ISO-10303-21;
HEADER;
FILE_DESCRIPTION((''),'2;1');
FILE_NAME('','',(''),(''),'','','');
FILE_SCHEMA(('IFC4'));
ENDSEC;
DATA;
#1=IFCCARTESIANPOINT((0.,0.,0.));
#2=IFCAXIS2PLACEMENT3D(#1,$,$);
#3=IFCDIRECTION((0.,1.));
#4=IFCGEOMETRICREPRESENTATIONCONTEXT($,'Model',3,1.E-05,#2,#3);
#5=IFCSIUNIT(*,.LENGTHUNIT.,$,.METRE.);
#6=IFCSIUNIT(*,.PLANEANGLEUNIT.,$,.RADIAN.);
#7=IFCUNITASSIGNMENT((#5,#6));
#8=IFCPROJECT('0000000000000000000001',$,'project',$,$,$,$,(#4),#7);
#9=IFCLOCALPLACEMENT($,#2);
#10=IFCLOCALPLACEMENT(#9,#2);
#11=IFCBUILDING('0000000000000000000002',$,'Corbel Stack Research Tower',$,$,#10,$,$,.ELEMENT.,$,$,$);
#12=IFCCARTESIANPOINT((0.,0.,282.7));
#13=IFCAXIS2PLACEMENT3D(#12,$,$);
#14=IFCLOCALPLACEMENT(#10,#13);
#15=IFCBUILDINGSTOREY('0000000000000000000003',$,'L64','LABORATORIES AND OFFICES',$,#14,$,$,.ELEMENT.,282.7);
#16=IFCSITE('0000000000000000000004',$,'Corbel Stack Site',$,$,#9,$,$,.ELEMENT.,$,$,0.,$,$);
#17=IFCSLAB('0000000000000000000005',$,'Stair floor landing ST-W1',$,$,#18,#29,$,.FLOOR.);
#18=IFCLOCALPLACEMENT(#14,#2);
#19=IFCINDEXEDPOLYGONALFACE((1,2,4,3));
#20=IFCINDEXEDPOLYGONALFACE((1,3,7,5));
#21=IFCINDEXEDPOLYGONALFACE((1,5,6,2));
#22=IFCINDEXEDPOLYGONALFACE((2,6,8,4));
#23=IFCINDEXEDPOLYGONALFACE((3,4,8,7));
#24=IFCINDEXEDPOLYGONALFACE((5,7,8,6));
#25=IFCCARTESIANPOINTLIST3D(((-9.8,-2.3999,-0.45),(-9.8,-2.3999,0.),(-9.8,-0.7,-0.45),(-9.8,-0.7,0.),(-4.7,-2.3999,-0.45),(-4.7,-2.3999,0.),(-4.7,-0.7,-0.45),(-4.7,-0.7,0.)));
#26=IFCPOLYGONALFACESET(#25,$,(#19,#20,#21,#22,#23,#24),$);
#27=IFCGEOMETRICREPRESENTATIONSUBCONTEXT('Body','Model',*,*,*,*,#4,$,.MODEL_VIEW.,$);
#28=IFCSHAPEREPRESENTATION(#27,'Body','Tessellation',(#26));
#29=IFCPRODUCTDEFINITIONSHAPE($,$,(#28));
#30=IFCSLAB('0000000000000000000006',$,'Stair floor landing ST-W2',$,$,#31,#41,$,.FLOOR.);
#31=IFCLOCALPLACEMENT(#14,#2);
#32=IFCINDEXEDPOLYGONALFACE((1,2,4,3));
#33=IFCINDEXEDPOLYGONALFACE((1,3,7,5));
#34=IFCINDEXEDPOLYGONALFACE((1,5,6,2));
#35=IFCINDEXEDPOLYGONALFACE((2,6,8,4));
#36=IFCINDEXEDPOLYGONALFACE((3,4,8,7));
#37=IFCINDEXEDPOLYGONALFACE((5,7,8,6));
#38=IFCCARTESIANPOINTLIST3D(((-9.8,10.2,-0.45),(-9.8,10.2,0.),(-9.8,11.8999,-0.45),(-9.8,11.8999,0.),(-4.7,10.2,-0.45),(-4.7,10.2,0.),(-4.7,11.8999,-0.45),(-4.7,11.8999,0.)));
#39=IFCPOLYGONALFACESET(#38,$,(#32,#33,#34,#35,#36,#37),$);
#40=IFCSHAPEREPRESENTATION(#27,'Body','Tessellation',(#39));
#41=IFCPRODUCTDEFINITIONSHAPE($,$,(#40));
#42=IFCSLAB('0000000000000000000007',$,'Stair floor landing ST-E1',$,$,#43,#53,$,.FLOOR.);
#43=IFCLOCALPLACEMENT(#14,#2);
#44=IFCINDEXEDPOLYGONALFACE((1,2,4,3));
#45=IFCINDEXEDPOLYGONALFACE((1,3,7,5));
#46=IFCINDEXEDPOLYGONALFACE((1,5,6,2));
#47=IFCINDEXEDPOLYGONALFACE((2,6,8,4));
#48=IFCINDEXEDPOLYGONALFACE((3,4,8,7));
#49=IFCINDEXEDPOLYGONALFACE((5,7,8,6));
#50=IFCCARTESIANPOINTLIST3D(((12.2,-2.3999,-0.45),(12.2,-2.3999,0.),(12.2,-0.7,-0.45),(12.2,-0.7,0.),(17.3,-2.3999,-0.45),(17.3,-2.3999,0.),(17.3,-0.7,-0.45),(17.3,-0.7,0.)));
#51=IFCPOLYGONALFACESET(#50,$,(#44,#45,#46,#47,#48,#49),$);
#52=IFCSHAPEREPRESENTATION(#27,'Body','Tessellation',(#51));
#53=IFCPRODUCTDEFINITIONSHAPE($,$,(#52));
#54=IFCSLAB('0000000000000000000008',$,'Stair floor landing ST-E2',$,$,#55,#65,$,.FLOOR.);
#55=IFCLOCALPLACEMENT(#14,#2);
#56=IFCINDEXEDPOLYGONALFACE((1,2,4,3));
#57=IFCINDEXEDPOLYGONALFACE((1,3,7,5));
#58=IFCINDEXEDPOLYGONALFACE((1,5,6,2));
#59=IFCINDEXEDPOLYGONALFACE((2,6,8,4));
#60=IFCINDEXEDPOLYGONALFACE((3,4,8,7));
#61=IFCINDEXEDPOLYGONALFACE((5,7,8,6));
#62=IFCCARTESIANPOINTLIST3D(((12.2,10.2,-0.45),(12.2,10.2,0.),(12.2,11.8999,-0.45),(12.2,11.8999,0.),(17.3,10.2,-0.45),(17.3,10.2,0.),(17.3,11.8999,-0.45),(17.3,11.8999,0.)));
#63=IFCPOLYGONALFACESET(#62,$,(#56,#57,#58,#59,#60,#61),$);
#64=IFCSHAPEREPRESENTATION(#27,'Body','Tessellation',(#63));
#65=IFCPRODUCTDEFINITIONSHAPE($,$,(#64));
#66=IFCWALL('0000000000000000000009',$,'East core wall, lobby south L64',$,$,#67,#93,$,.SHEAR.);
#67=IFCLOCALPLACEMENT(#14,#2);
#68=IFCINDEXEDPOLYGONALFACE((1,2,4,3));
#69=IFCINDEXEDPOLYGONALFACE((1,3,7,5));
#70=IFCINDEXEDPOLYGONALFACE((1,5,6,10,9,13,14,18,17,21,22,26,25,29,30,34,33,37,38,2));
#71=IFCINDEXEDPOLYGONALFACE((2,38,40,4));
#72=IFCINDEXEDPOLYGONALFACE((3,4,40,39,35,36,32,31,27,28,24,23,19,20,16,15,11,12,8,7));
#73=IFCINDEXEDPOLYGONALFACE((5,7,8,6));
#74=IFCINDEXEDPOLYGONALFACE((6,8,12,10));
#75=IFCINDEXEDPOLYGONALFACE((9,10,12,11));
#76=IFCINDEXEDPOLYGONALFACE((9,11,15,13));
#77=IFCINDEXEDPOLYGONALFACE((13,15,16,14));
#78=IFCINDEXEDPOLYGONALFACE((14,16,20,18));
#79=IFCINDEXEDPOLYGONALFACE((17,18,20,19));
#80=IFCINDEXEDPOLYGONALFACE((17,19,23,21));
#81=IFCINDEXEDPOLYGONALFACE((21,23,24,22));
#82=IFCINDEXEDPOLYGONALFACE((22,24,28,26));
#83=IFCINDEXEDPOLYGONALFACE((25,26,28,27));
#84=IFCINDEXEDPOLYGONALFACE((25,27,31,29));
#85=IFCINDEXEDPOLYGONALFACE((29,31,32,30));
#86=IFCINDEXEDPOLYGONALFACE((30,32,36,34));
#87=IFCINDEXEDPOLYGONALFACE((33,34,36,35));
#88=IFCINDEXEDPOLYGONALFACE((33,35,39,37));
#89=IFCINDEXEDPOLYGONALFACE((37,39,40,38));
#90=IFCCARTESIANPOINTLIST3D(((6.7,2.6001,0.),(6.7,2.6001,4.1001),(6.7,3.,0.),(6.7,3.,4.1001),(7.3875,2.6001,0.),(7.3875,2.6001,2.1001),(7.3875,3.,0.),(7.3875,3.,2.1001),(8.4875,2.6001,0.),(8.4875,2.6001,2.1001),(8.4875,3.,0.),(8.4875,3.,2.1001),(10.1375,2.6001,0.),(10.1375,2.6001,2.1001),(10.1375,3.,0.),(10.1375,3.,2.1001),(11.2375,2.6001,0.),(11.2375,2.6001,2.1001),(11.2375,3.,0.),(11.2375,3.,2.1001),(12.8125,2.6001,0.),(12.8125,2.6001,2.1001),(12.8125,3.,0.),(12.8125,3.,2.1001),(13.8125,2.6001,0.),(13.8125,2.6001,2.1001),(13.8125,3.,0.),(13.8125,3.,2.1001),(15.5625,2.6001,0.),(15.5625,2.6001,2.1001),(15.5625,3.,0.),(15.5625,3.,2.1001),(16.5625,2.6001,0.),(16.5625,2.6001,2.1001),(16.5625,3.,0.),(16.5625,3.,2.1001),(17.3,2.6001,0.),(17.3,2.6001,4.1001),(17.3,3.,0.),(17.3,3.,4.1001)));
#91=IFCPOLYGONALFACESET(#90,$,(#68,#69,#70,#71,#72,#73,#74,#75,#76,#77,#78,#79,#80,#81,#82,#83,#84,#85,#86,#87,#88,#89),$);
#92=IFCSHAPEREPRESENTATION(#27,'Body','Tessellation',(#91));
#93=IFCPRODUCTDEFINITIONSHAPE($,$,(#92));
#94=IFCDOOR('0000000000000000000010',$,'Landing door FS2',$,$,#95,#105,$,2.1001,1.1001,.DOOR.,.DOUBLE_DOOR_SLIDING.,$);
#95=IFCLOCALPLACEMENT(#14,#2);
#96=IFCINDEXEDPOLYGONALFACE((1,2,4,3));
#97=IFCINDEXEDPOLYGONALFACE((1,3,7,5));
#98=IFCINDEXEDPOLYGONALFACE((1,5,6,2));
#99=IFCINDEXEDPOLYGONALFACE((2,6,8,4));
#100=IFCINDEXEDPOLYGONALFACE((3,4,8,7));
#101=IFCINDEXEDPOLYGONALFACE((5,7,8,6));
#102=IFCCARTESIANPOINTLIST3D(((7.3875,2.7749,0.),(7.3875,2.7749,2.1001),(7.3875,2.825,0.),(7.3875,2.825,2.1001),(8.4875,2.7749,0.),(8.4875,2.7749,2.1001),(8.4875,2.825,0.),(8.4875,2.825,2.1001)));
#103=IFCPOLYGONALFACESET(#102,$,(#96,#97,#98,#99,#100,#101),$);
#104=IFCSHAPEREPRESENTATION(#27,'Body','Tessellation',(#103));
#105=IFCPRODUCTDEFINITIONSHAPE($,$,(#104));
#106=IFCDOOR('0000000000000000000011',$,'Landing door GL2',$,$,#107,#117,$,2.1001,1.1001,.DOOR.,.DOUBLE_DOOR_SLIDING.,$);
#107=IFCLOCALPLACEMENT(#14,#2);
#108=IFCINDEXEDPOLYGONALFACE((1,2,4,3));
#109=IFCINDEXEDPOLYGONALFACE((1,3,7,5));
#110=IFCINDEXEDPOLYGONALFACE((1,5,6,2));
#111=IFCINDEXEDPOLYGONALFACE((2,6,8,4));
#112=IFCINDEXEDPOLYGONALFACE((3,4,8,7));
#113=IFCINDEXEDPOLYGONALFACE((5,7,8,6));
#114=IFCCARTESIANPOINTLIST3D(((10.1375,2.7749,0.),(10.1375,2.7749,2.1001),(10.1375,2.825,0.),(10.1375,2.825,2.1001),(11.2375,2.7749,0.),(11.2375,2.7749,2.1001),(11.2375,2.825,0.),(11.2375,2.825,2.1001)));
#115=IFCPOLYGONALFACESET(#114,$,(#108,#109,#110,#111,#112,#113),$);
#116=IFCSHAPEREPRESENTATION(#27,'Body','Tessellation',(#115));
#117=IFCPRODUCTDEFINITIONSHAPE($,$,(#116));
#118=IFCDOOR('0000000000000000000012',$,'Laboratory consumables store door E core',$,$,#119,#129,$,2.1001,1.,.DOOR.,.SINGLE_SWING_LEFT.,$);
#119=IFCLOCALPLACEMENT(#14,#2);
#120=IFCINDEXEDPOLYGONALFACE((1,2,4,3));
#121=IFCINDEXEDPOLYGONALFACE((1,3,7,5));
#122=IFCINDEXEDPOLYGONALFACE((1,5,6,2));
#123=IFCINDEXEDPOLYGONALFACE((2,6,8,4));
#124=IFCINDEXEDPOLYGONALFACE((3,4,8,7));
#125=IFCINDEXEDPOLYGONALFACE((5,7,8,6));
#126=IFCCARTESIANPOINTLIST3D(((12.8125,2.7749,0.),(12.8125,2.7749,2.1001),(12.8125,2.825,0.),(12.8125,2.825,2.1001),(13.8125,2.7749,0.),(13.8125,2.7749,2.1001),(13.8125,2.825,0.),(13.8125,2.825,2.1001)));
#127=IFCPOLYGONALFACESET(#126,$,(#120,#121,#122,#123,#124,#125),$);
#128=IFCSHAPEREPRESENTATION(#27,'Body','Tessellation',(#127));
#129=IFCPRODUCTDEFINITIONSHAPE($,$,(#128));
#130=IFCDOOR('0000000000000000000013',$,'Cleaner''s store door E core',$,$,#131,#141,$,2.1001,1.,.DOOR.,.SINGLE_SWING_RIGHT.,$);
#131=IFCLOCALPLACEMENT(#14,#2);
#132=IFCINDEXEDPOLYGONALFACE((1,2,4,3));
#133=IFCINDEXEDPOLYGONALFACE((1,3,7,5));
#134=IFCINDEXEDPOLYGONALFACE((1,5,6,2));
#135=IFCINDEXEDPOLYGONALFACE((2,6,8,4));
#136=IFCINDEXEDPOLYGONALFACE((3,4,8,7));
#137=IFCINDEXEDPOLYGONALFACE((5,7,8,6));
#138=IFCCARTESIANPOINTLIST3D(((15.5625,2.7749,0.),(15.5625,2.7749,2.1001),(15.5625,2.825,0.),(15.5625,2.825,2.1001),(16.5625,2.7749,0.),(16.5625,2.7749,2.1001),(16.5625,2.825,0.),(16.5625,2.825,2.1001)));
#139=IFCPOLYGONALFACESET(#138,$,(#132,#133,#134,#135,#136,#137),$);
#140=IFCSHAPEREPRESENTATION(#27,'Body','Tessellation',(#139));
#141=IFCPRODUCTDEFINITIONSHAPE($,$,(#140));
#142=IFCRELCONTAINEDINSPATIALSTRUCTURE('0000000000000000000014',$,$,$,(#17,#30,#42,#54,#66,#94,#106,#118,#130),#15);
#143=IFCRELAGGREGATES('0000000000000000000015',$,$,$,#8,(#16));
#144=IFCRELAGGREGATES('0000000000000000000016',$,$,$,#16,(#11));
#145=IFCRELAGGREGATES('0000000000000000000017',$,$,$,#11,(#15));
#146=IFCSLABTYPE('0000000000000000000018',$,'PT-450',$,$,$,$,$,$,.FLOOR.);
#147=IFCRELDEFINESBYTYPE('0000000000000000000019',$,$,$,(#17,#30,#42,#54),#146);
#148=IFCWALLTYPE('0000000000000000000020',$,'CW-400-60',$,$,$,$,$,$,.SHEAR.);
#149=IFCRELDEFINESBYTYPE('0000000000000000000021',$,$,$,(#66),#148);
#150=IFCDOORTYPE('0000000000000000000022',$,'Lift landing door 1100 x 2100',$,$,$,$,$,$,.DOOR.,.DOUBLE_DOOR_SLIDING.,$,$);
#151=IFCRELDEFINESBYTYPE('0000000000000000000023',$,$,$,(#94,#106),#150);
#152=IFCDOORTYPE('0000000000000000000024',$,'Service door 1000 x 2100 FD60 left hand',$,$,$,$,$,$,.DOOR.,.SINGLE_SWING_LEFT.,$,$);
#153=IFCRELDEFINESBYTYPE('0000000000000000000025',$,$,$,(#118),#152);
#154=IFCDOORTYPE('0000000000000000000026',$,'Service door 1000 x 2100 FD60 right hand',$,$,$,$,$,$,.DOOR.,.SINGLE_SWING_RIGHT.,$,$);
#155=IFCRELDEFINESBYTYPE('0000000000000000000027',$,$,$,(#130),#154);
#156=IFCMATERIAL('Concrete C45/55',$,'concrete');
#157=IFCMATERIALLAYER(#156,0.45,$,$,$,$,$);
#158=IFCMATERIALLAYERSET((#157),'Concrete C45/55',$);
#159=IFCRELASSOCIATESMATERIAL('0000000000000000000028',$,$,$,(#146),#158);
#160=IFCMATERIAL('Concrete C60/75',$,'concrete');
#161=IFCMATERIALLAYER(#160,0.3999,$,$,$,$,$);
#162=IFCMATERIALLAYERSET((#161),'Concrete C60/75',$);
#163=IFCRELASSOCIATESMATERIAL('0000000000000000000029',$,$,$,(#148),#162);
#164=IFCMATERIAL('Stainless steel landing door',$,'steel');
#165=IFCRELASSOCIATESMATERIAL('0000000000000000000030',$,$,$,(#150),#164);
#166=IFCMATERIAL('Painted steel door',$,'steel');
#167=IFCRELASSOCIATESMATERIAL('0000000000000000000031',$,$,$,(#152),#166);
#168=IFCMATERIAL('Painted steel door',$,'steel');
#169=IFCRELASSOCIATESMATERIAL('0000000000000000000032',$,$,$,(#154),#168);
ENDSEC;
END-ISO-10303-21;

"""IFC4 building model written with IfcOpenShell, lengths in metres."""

from ifc_helpers import new_model, si_unit, direction, frame, frame_2d, origin, place, context, subcontext, project, spatial, polyline, rectangle, outline, extrude, material, layer, layer_set, type_object, element, fill, save


model = new_model("IFC4")

# Units and contexts
model_context = context("Model", 3, precision=1e-05, world=origin(), true_north=direction((0.0, 1.0)))
body_context = subcontext(model_context, "Body", "Model", "MODEL_VIEW")
ifc_project = project(units=[si_unit("LENGTHUNIT", "METRE"), si_unit("PLANEANGLEUNIT", "RADIAN")], contexts=[model_context])

# Site, building, storey
site_placement = place(None, origin())
site = spatial("IfcSite", under=ifc_project, at=site_placement, Name="Corbel Stack Site", CompositionType="ELEMENT", RefElevation=0.0)
building_placement = place(site_placement, origin())
building = spatial("IfcBuilding", under=site, at=building_placement, Name="Corbel Stack Research Tower", CompositionType="ELEMENT")
storey_placement = place(building_placement, frame((0.0, 0.0, 282.7)))
storey = spatial("IfcBuildingStorey", under=building, at=storey_placement, Name="L64", Description="LABORATORIES AND OFFICES", CompositionType="ELEMENT", Elevation=282.7)

# Slabs
ifc_material_1 = material(Name="Concrete C45/55", Category="concrete")
ifc_layer_1 = layer(ifc_material_1, 0.45)
ifc_layer_set_1 = layer_set([ifc_layer_1], Name="Concrete C45/55")
slab_type = type_object("IfcSlabType", Name="PT-450", PredefinedType="FLOOR", material=ifc_layer_set_1)
slab_1_placement = place(storey_placement, frame((0.0, 0.0, -0.45)))
element("IfcSlab", 1, at=slab_1_placement, inside=storey, type_object=slab_type, Name="Stair floor landing ST-W1", PredefinedType="FLOOR", context=body_context, shape_type="SweptSolid", body=[
    extrude(outline(polyline([(-9.8, -2.3999), (-4.7, -2.3999), (-4.7, -0.7), (-9.8, -0.7), (-9.8, -2.3999)])), origin(), (0.0, 0.0, 1.0), 0.45),
])
slab_2_placement = place(storey_placement, frame((0.0, 0.0, -0.45)))
element("IfcSlab", 2, at=slab_2_placement, inside=storey, type_object=slab_type, Name="Stair floor landing ST-W2", PredefinedType="FLOOR", context=body_context, shape_type="SweptSolid", body=[
    extrude(outline(polyline([(-9.8, 10.2), (-4.7, 10.2), (-4.7, 11.8999), (-9.8, 11.8999), (-9.8, 10.2)])), origin(), (0.0, 0.0, 1.0), 0.45),
])
slab_3_placement = place(storey_placement, frame((0.0, 0.0, -0.45)))
element("IfcSlab", 3, at=slab_3_placement, inside=storey, type_object=slab_type, Name="Stair floor landing ST-E1", PredefinedType="FLOOR", context=body_context, shape_type="SweptSolid", body=[
    extrude(outline(polyline([(12.2, -2.3999), (17.3, -2.3999), (17.3, -0.7), (12.2, -0.7), (12.2, -2.3999)])), origin(), (0.0, 0.0, 1.0), 0.45),
])
slab_4_placement = place(storey_placement, frame((0.0, 0.0, -0.45)))
element("IfcSlab", 4, at=slab_4_placement, inside=storey, type_object=slab_type, Name="Stair floor landing ST-E2", PredefinedType="FLOOR", context=body_context, shape_type="SweptSolid", body=[
    extrude(outline(polyline([(12.2, 10.2), (17.3, 10.2), (17.3, 11.8999), (12.2, 11.8999), (12.2, 10.2)])), origin(), (0.0, 0.0, 1.0), 0.45),
])

# Wall, openings, doors
ifc_material_2 = material(Name="Concrete C60/75", Category="concrete")
ifc_layer_2 = layer(ifc_material_2, 0.3999)
ifc_layer_set_2 = layer_set([ifc_layer_2], Name="Concrete C60/75")
wall_type_1 = type_object("IfcWallType", Name="CW-400-60", PredefinedType="SHEAR", material=ifc_layer_set_2)
wall_1_placement = place(storey_placement, frame((6.7, 2.8, 0.0), z_axis=(0.0, 0.0, 1.0), x_axis=(1.0, 0.0, 0.0)))
wall_1 = element("IfcWall", 5, at=wall_1_placement, inside=storey, type_object=wall_type_1, Name="East core wall, lobby south L64", PredefinedType="SHEAR", context=body_context, shape_type="SweptSolid", body=[
    extrude(rectangle(XDim=10.6001, YDim=0.3999, at=frame_2d((5.3, 0.0))), origin(), (0.0, 0.0, 1.0), 4.1001),
])
opening_1_placement = place(wall_1_placement, frame((0.6875, 0.0, 0.0)))
opening_1 = element("IfcOpeningElement", 6, at=opening_1_placement, cuts=wall_1, PredefinedType="OPENING", context=body_context, shape_type="SweptSolid", body=[
    extrude(rectangle(XDim=1.1001, YDim=2.1001, at=frame_2d((0.55, 1.05))), frame((0.0, 0.21, 0.0), z_axis=(0.0, -1.0, 0.0), x_axis=(1.0, 0.0, 0.0)), (0.0, 0.0, 1.0), 0.4199),
])
opening_2_placement = place(wall_1_placement, frame((3.4375, 0.0, 0.0)))
opening_2 = element("IfcOpeningElement", 7, at=opening_2_placement, cuts=wall_1, PredefinedType="OPENING", context=body_context, shape_type="SweptSolid", body=[
    extrude(rectangle(XDim=1.1001, YDim=2.1001, at=frame_2d((0.55, 1.05))), frame((0.0, 0.21, 0.0), z_axis=(0.0, -1.0, 0.0), x_axis=(1.0, 0.0, 0.0)), (0.0, 0.0, 1.0), 0.4199),
])
opening_3_placement = place(wall_1_placement, frame((6.1125, 0.0, 0.0)))
opening_3 = element("IfcOpeningElement", 8, at=opening_3_placement, cuts=wall_1, PredefinedType="OPENING", context=body_context, shape_type="SweptSolid", body=[
    extrude(rectangle(XDim=1.0, YDim=2.1001, at=frame_2d((0.5, 1.05))), frame((0.0, 0.21, 0.0), z_axis=(0.0, -1.0, 0.0), x_axis=(1.0, 0.0, 0.0)), (0.0, 0.0, 1.0), 0.4199),
])
opening_4_placement = place(wall_1_placement, frame((8.8625, 0.0, 0.0)))
opening_4 = element("IfcOpeningElement", 9, at=opening_4_placement, cuts=wall_1, PredefinedType="OPENING", context=body_context, shape_type="SweptSolid", body=[
    extrude(rectangle(XDim=1.0, YDim=2.1001, at=frame_2d((0.5, 1.05))), frame((0.0, 0.21, 0.0), z_axis=(0.0, -1.0, 0.0), x_axis=(1.0, 0.0, 0.0)), (0.0, 0.0, 1.0), 0.4199),
])
ifc_material_3 = material(Name="Stainless steel landing door", Category="steel")
door_type_1 = type_object("IfcDoorType", Name="Lift landing door 1100 x 2100", OperationType="DOUBLE_DOOR_SLIDING", PredefinedType="DOOR", material=ifc_material_3)
door_1_placement = place(opening_1_placement, origin())
door_1 = element("IfcDoor", 10, at=door_1_placement, inside=storey, type_object=door_type_1, Name="Landing door FS2", OperationType="DOUBLE_DOOR_SLIDING", OverallHeight=2.1001, OverallWidth=1.1001, PredefinedType="DOOR", context=body_context, shape_type="SweptSolid", body=[
    extrude(rectangle(XDim=1.1001, YDim=2.1001, at=frame_2d((0.55, 1.05))), frame((0.0, 0.0249, 0.0), z_axis=(0.0, -1.0, 0.0), x_axis=(1.0, 0.0, 0.0)), (0.0, 0.0, 1.0), 0.05),
])
fill(opening_1, door_1)
door_2_placement = place(opening_2_placement, origin())
door_2 = element("IfcDoor", 11, at=door_2_placement, inside=storey, type_object=door_type_1, Name="Landing door GL2", OperationType="DOUBLE_DOOR_SLIDING", OverallHeight=2.1001, OverallWidth=1.1001, PredefinedType="DOOR", context=body_context, shape_type="SweptSolid", body=[
    extrude(rectangle(XDim=1.1001, YDim=2.1001, at=frame_2d((0.55, 1.05))), frame((0.0, 0.0249, 0.0), z_axis=(0.0, -1.0, 0.0), x_axis=(1.0, 0.0, 0.0)), (0.0, 0.0, 1.0), 0.05),
])
fill(opening_2, door_2)
ifc_material_4 = material(Name="Painted steel door", Category="steel")
door_type_2 = type_object("IfcDoorType", Name="Service door 1000 x 2100 FD60 left hand", OperationType="SINGLE_SWING_LEFT", PredefinedType="DOOR", material=ifc_material_4)
door_3_placement = place(opening_3_placement, origin())
door_3 = element("IfcDoor", 12, at=door_3_placement, inside=storey, type_object=door_type_2, Name="Laboratory consumables store door E core", OperationType="SINGLE_SWING_LEFT", OverallHeight=2.1001, OverallWidth=1.0, PredefinedType="DOOR", context=body_context, shape_type="SweptSolid", body=[
    extrude(rectangle(XDim=1.0, YDim=2.1001, at=frame_2d((0.5, 1.05))), frame((0.0, 0.0249, 0.0), z_axis=(0.0, -1.0, 0.0), x_axis=(1.0, 0.0, 0.0)), (0.0, 0.0, 1.0), 0.05),
])
fill(opening_3, door_3)
ifc_material_5 = material(Name="Painted steel door", Category="steel")
door_type_3 = type_object("IfcDoorType", Name="Service door 1000 x 2100 FD60 right hand", OperationType="SINGLE_SWING_RIGHT", PredefinedType="DOOR", material=ifc_material_5)
door_4_placement = place(opening_4_placement, origin())
door_4 = element("IfcDoor", 13, at=door_4_placement, inside=storey, type_object=door_type_3, Name="Cleaner's store door E core", OperationType="SINGLE_SWING_RIGHT", OverallHeight=2.1001, OverallWidth=1.0, PredefinedType="DOOR", context=body_context, shape_type="SweptSolid", body=[
    extrude(rectangle(XDim=1.0, YDim=2.1001, at=frame_2d((0.5, 1.05))), frame((0.0, 0.0249, 0.0), z_axis=(0.0, -1.0, 0.0), x_axis=(1.0, 0.0, 0.0)), (0.0, 0.0, 1.0), 0.05),
])
fill(opening_4, door_4)

save(model, "model.ifc")
